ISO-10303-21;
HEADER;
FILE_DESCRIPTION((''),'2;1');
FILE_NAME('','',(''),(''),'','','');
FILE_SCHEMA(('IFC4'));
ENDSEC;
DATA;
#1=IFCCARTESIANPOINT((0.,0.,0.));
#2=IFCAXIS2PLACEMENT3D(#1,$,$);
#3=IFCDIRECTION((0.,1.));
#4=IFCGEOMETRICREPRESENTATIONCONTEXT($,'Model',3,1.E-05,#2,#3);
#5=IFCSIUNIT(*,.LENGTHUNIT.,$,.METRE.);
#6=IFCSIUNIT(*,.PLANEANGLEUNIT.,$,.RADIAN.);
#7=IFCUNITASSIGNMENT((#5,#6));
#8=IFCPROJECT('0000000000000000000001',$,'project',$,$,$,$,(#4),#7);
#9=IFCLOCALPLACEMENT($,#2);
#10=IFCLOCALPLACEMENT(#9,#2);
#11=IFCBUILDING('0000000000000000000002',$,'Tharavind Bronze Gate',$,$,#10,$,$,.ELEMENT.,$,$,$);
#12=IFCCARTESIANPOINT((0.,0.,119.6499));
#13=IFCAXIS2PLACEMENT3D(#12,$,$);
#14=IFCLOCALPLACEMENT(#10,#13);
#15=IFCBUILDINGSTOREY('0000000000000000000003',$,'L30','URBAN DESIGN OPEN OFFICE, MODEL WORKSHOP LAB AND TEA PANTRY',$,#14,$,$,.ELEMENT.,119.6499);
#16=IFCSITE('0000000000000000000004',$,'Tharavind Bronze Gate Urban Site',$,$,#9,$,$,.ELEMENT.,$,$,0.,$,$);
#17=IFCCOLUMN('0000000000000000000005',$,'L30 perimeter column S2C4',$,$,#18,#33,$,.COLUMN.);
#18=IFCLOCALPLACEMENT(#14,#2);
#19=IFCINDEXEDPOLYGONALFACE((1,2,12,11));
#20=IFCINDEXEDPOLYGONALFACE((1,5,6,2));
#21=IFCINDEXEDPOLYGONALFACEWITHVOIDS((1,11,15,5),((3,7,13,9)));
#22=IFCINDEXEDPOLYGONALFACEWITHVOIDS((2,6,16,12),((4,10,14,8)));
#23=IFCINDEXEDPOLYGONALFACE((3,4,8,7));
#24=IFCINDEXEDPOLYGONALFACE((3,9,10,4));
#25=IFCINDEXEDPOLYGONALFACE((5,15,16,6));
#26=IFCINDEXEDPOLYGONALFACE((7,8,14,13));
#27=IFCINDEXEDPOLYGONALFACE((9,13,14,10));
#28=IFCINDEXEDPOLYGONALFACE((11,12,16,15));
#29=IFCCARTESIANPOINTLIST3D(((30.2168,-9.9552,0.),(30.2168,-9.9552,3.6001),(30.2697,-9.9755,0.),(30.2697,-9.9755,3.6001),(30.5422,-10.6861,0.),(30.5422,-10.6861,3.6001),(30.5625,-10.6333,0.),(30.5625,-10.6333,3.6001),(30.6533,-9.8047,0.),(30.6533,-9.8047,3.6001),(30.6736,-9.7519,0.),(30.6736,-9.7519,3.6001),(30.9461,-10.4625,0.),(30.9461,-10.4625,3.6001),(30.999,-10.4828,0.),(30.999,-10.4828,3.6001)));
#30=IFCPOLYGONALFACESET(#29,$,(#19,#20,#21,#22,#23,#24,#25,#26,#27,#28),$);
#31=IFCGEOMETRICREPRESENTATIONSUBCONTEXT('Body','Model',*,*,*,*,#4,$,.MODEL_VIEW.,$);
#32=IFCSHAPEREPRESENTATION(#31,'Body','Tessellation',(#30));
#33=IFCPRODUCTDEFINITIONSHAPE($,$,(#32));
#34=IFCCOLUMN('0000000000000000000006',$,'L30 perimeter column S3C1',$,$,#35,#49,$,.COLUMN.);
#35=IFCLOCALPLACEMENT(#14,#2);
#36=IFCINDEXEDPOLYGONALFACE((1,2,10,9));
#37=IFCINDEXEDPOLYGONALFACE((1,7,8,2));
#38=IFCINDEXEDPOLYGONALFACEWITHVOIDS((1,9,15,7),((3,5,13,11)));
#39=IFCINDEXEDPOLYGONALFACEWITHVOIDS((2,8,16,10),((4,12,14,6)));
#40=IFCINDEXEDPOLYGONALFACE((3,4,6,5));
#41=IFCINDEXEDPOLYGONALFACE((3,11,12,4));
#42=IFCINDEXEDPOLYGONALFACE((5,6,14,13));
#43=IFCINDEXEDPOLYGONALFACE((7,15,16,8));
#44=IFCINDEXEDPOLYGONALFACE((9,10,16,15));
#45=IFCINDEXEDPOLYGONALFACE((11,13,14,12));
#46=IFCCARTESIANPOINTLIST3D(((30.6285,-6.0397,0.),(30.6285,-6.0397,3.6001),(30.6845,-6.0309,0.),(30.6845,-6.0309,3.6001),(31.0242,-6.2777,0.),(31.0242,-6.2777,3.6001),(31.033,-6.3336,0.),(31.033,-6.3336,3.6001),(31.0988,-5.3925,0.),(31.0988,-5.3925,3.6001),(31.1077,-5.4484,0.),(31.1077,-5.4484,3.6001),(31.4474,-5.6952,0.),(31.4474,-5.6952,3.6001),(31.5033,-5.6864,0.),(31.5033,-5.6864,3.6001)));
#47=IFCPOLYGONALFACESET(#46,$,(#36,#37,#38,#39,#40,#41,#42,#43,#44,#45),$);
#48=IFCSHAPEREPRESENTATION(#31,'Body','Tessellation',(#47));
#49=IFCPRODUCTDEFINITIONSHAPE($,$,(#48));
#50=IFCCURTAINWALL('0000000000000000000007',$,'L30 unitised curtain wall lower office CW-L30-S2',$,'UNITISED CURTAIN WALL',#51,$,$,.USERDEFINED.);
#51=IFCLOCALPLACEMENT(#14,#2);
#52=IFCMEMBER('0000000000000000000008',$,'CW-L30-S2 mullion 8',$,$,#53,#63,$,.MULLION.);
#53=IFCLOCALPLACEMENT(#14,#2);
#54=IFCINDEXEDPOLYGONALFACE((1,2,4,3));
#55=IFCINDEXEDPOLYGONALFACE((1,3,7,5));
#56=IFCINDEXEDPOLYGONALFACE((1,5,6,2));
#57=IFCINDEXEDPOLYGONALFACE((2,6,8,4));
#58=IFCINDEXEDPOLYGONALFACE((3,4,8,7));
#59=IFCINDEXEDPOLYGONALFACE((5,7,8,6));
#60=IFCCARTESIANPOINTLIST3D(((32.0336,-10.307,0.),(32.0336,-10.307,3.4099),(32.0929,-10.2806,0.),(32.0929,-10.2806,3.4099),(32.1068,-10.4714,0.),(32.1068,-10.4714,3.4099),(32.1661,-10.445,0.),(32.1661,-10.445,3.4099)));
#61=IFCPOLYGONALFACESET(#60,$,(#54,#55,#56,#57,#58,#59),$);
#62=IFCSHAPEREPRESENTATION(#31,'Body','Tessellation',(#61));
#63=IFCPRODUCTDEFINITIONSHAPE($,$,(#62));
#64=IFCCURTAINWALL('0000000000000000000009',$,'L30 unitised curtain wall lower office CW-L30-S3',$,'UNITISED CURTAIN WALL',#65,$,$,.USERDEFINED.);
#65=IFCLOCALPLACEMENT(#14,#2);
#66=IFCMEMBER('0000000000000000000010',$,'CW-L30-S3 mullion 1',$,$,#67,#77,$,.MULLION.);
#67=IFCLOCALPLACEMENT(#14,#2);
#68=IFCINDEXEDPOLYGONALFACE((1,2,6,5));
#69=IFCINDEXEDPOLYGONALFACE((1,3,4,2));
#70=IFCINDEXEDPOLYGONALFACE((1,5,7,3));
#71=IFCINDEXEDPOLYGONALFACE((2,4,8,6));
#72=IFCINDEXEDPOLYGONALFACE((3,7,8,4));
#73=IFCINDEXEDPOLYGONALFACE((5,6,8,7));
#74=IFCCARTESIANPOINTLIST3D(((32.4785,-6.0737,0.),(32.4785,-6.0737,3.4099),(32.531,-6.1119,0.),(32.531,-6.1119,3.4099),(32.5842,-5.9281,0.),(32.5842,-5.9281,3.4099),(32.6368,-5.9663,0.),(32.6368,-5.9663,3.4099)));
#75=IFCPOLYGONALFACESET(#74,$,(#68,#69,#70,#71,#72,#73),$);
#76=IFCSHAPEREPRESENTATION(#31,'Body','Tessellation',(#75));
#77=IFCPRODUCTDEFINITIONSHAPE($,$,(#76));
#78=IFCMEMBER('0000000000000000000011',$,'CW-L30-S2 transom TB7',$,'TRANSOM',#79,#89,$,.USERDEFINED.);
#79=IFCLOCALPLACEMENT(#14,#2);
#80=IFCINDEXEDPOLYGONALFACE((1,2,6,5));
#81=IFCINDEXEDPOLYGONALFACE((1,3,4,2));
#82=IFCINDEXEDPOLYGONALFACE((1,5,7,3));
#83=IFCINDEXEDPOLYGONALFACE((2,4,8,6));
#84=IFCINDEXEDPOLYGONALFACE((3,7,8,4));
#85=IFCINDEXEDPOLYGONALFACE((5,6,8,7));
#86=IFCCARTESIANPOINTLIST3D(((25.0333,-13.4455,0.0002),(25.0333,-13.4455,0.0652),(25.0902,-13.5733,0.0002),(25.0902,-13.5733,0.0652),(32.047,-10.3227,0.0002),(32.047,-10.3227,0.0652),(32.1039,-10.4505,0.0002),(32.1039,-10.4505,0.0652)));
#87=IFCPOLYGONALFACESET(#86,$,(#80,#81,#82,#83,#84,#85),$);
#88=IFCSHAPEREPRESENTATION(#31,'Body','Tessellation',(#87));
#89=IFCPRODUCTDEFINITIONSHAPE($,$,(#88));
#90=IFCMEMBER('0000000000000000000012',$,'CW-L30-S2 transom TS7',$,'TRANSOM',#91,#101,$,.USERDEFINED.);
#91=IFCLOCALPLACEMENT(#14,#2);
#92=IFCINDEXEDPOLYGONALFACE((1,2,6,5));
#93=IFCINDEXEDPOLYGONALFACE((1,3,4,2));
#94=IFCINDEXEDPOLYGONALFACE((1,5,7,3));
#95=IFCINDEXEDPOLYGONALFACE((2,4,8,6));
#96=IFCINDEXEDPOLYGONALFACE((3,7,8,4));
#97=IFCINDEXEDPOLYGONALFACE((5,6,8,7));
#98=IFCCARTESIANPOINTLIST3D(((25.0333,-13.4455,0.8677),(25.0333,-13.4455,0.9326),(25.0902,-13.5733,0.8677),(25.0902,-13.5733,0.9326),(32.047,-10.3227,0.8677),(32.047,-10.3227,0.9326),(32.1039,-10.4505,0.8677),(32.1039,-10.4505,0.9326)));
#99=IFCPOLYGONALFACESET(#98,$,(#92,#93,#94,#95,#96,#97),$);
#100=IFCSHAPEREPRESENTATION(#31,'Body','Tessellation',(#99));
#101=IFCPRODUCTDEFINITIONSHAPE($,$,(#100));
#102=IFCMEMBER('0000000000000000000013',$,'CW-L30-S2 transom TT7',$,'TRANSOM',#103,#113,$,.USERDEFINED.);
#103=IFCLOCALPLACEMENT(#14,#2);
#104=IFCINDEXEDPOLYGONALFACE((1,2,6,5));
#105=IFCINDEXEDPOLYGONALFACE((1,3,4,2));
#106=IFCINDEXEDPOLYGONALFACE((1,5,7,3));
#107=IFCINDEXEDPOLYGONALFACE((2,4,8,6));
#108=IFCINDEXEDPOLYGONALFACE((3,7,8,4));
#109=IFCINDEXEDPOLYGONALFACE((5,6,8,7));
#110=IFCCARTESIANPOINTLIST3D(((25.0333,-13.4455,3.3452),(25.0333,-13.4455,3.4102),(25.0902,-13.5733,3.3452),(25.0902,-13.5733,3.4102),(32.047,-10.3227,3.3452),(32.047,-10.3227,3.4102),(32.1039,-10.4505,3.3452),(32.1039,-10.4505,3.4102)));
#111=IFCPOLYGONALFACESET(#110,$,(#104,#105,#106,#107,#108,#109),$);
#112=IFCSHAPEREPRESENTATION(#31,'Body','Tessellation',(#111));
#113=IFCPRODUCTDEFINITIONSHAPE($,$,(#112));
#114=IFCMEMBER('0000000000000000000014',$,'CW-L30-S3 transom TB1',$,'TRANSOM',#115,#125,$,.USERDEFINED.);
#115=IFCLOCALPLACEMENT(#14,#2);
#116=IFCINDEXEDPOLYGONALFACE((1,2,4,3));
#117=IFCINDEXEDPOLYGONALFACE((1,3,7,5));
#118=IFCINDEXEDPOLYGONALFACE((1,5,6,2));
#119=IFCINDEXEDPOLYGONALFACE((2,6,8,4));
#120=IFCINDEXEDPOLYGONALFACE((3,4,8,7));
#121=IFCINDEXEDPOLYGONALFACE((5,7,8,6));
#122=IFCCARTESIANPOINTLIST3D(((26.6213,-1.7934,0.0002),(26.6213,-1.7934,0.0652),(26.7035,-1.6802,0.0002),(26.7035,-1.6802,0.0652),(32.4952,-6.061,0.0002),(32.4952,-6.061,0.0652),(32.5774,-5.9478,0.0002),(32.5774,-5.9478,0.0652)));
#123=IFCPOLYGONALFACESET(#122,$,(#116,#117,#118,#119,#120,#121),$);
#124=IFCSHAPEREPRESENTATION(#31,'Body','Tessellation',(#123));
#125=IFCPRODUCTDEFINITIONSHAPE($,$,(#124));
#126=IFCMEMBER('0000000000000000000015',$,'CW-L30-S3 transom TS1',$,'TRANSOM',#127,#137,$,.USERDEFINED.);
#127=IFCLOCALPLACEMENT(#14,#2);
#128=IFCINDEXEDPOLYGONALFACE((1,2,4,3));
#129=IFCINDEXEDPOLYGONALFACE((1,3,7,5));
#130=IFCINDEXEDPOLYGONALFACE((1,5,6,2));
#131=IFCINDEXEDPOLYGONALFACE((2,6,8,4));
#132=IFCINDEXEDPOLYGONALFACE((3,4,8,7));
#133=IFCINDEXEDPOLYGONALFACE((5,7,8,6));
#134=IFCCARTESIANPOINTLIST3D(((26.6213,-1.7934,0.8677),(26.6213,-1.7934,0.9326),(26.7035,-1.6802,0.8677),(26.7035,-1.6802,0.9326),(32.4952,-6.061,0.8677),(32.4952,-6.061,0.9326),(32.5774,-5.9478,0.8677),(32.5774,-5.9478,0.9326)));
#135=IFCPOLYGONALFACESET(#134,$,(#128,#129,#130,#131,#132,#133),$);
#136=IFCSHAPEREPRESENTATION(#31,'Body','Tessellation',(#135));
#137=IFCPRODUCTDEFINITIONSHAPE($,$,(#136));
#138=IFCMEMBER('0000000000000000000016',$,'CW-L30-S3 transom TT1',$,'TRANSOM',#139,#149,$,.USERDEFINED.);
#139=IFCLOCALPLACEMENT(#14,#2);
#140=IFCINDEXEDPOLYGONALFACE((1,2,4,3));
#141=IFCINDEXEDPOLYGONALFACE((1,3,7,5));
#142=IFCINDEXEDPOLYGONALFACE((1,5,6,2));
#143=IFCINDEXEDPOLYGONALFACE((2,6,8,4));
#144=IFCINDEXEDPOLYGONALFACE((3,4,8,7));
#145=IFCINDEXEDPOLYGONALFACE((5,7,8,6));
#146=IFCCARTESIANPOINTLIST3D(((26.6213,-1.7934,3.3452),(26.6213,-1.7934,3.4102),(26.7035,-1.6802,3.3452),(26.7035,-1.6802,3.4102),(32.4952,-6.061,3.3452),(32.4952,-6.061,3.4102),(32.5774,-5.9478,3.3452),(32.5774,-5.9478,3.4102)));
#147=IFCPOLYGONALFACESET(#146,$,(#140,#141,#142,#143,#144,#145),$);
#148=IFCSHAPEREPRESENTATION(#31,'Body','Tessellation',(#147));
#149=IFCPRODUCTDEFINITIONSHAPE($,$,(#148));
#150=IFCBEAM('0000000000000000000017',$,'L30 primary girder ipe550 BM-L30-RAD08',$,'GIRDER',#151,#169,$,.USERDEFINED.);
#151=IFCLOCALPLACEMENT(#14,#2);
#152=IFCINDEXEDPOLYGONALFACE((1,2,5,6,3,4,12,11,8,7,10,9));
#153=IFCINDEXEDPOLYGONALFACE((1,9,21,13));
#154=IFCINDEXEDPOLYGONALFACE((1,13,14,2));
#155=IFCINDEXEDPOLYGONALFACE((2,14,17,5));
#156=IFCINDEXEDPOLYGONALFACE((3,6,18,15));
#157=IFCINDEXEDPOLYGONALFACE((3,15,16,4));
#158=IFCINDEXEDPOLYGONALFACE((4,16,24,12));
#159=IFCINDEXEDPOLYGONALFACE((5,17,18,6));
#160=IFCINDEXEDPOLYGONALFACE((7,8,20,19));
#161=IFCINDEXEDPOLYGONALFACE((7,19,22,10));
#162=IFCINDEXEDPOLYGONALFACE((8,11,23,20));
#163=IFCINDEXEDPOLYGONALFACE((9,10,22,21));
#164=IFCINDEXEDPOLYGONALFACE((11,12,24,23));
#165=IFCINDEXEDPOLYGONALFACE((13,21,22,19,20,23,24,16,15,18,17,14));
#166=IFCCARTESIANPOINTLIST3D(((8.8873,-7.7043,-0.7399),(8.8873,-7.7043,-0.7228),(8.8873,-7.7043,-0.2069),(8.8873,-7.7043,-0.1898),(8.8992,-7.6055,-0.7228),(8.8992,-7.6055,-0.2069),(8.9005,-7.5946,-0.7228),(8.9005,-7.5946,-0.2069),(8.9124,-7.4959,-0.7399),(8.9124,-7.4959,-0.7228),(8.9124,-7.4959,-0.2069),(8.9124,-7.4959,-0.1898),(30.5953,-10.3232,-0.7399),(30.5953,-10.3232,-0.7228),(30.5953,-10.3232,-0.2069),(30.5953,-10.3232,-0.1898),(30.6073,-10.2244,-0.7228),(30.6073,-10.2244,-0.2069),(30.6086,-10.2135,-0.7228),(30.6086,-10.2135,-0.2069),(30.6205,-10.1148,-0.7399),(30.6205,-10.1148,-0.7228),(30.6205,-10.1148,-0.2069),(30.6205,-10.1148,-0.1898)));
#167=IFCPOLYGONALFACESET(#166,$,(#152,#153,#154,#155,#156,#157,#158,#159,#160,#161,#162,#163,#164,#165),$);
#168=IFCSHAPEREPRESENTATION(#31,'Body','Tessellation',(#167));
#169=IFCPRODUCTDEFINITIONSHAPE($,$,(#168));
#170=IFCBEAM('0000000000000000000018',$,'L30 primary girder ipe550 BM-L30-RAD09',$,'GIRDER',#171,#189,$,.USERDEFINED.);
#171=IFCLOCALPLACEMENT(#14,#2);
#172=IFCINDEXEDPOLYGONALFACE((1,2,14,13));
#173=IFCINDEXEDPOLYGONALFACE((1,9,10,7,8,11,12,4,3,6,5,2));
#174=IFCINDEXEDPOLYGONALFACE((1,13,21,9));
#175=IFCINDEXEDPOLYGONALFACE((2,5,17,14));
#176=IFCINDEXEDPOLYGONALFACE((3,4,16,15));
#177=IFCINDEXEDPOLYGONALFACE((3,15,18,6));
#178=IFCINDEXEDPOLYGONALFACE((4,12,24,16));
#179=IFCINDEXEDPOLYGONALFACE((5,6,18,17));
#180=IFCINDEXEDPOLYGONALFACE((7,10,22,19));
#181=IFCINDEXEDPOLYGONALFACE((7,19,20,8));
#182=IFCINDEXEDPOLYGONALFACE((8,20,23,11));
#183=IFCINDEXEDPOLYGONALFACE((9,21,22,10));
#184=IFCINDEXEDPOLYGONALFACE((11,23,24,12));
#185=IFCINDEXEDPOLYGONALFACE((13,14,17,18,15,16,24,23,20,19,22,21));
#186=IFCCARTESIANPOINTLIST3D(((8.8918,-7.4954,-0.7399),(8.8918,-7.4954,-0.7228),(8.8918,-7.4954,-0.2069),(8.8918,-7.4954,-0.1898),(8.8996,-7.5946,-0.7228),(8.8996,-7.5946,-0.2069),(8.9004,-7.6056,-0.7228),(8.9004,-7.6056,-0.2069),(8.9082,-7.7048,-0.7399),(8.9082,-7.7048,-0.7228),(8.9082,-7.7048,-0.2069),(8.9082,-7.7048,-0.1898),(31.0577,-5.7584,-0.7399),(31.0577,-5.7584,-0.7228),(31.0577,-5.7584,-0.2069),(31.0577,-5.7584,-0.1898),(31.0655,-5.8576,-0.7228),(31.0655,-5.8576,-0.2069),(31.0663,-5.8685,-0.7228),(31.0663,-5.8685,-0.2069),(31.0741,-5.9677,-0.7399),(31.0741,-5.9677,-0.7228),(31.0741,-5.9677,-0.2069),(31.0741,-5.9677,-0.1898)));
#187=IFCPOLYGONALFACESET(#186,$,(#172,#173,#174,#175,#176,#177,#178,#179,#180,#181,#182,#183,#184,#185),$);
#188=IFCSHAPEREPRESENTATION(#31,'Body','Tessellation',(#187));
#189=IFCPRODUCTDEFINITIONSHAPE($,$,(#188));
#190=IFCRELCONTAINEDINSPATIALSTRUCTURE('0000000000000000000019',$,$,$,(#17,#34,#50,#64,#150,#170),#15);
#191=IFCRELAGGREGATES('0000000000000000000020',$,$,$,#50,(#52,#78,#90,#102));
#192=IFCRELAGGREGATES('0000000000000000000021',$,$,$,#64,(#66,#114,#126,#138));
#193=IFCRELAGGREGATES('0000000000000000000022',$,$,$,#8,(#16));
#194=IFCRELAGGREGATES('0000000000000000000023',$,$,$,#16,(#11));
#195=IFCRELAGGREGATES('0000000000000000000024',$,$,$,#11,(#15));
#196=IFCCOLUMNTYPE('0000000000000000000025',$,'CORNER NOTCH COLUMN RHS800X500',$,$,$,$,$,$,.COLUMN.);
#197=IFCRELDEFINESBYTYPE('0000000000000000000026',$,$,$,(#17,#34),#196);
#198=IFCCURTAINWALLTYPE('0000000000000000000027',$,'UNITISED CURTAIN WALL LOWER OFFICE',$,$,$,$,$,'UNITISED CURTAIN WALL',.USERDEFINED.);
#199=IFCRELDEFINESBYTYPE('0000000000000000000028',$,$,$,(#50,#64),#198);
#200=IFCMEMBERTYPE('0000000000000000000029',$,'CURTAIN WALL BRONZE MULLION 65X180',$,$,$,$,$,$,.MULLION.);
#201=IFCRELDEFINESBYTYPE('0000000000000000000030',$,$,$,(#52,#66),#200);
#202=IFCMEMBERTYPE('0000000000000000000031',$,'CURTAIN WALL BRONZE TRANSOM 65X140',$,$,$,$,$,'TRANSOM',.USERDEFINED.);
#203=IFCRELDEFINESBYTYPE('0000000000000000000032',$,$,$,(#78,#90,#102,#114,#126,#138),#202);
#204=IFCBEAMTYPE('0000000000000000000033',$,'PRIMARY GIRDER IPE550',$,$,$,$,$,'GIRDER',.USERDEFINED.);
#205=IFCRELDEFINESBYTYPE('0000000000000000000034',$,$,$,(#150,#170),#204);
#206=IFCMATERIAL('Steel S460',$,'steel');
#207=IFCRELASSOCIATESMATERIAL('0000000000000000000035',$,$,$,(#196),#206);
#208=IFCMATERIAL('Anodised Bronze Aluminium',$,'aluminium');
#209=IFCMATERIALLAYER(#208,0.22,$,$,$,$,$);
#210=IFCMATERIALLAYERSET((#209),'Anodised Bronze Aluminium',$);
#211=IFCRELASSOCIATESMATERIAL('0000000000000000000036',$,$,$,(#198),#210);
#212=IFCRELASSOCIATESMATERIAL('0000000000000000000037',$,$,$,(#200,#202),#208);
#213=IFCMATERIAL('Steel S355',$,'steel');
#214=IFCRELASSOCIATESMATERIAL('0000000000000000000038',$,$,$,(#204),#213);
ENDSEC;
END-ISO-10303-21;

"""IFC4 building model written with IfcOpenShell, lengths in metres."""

from ifc_helpers import new_model, si_unit, direction, frame, origin, origin_2d, place, context, subcontext, project, spatial, rectangle, hollow_rectangle, i_section, extrude, material, layer, layer_set, material_profile, profile_set, type_object, element, aggregate, save


model = new_model("IFC4")

# Units and contexts
model_context = context("Model", 3, precision=1e-05, world=origin(), true_north=direction((0.0, 1.0)))
body_context = subcontext(model_context, "Body", "Model", "MODEL_VIEW")
ifc_project = project(units=[si_unit("LENGTHUNIT", "METRE"), si_unit("PLANEANGLEUNIT", "RADIAN")], contexts=[model_context])

# Site, building, storey
site_placement = place(None, origin())
site = spatial("IfcSite", under=ifc_project, at=site_placement, Name="Tharavind Bronze Gate Urban Site", CompositionType="ELEMENT", RefElevation=0.0)
building_placement = place(site_placement, origin())
building = spatial("IfcBuilding", under=site, at=building_placement, Name="Tharavind Bronze Gate", CompositionType="ELEMENT")
storey_placement = place(building_placement, frame((0.0, 0.0, 119.6499)))
storey = spatial("IfcBuildingStorey", under=building, at=storey_placement, Name="L30", Description="URBAN DESIGN OPEN OFFICE, MODEL WORKSHOP LAB AND TEA PANTRY", CompositionType="ELEMENT", Elevation=119.6499)

# Columns
ifc_material_1 = material(Name="Steel S460", Category="steel")
ifc_material_profile_1 = material_profile(ifc_material_1, hollow_rectangle(XDim=0.5, YDim=0.8, WallThickness=0.04, at=origin_2d()), Name="RHS800X500X40")
ifc_profile_set_1 = profile_set([ifc_material_profile_1], Name="Steel S460")
column_type = type_object("IfcColumnType", Name="CORNER NOTCH COLUMN RHS800X500", PredefinedType="COLUMN", material=ifc_profile_set_1)
for number, where, z_axis, x_axis, name in (
    (1, (30.6079, -10.219, 0.0), (0.0, 0.0, 1.0), (0.913545, 0.406737, 0.0), "L30 perimeter column S2C4"),
    (2, (31.0659, -5.863, 0.0), (0.0, 0.0, 1.0), (-0.809017, 0.587785, 0.0), "L30 perimeter column S3C1"),
):
    element("IfcColumn", number, at=place(storey_placement, frame(where, z_axis=z_axis, x_axis=x_axis)), inside=storey, type_object=column_type, Name=name, PredefinedType="COLUMN", context=body_context, shape_type="SweptSolid", body=[
        extrude(hollow_rectangle(XDim=0.5, YDim=0.8, WallThickness=0.04, at=origin_2d()), origin(), (0.0, 0.0, 1.0), 3.6001),
    ])

# Curtain walls, members
ifc_material_2 = material(Name="Anodised Bronze Aluminium", Category="aluminium")
ifc_layer_1 = layer(ifc_material_2, 0.22)
ifc_layer_set_1 = layer_set([ifc_layer_1], Name="Anodised Bronze Aluminium")
curtain_wall_type = type_object("IfcCurtainWallType", Name="UNITISED CURTAIN WALL LOWER OFFICE", ElementType="UNITISED CURTAIN WALL", PredefinedType="USERDEFINED", material=ifc_layer_set_1)
curtain_wall_1_placement = place(storey_placement, origin())
curtain_wall_1 = element("IfcCurtainWall", 3, at=curtain_wall_1_placement, inside=storey, type_object=curtain_wall_type, Name="L30 unitised curtain wall lower office CW-L30-S2", ObjectType="UNITISED CURTAIN WALL", PredefinedType="USERDEFINED")
member_type_1 = type_object("IfcMemberType", Name="CURTAIN WALL BRONZE MULLION 65X180", PredefinedType="MULLION", material=ifc_material_2)
member_1_placement = place(storey_placement, frame((32.0999, -10.376, 0.0), z_axis=(0.0, 0.0, 1.0), x_axis=(0.913545, 0.406737, 0.0)))
member_1 = element("IfcMember", 4, at=member_1_placement, type_object=member_type_1, Name="CW-L30-S2 mullion 8", PredefinedType="MULLION", context=body_context, shape_type="SweptSolid", body=[
    extrude(rectangle(XDim=0.0649, YDim=0.1799, at=origin_2d()), origin(), (0.0, 0.0, 1.0), 3.4099),
])
curtain_wall_2_placement = place(storey_placement, origin())
curtain_wall_2 = element("IfcCurtainWall", 5, at=curtain_wall_2_placement, inside=storey, type_object=curtain_wall_type, Name="L30 unitised curtain wall lower office CW-L30-S3", ObjectType="UNITISED CURTAIN WALL", PredefinedType="USERDEFINED")
member_2_placement = place(storey_placement, frame((32.5576, -6.02, 0.0), z_axis=(0.0, 0.0, 1.0), x_axis=(-0.809017, 0.587785, 0.0)))
member_2 = element("IfcMember", 6, at=member_2_placement, type_object=member_type_1, Name="CW-L30-S3 mullion 1", PredefinedType="MULLION", context=body_context, shape_type="SweptSolid", body=[
    extrude(rectangle(XDim=0.0649, YDim=0.1799, at=origin_2d()), origin(), (0.0, 0.0, 1.0), 3.4099),
])

# Members
member_type_2 = type_object("IfcMemberType", Name="CURTAIN WALL BRONZE TRANSOM 65X140", ElementType="TRANSOM", PredefinedType="USERDEFINED", material=ifc_material_2)
member_3_placement = place(storey_placement, frame((28.5686, -11.948, 0.0002), z_axis=(0.0, 0.0, 1.0), x_axis=(0.913545, 0.406737, 0.0)))
member_3 = element("IfcMember", 7, at=member_3_placement, type_object=member_type_2, Name="CW-L30-S2 transom TB7", ObjectType="TRANSOM", PredefinedType="USERDEFINED", context=body_context, shape_type="SweptSolid", body=[
    extrude(rectangle(XDim=7.6775, YDim=0.1399, at=origin_2d()), origin(), (0.0, 0.0, 1.0), 0.0649),
])
member_4_placement = place(storey_placement, frame((28.5686, -11.948, 0.8677), z_axis=(0.0, 0.0, 1.0), x_axis=(0.913545, 0.406737, 0.0)))
member_4 = element("IfcMember", 8, at=member_4_placement, type_object=member_type_2, Name="CW-L30-S2 transom TS7", ObjectType="TRANSOM", PredefinedType="USERDEFINED", context=body_context, shape_type="SweptSolid", body=[
    extrude(rectangle(XDim=7.6775, YDim=0.1399, at=origin_2d()), origin(), (0.0, 0.0, 1.0), 0.0649),
])
member_5_placement = place(storey_placement, frame((28.5686, -11.948, 3.3452), z_axis=(0.0, 0.0, 1.0), x_axis=(0.913545, 0.406737, 0.0)))
member_5 = element("IfcMember", 9, at=member_5_placement, type_object=member_type_2, Name="CW-L30-S2 transom TT7", ObjectType="TRANSOM", PredefinedType="USERDEFINED", context=body_context, shape_type="SweptSolid", body=[
    extrude(rectangle(XDim=7.6775, YDim=0.1399, at=origin_2d()), origin(), (0.0, 0.0, 1.0), 0.0649),
])
member_6_placement = place(storey_placement, frame((29.5994, -3.8706, 0.0002), z_axis=(0.0, 0.0, 1.0), x_axis=(-0.809017, 0.587785, 0.0)))
member_6 = element("IfcMember", 10, at=member_6_placement, type_object=member_type_2, Name="CW-L30-S3 transom TB1", ObjectType="TRANSOM", PredefinedType="USERDEFINED", context=body_context, shape_type="SweptSolid", body=[
    extrude(rectangle(XDim=7.2605, YDim=0.1399, at=origin_2d()), origin(), (0.0, 0.0, 1.0), 0.0649),
])
member_7_placement = place(storey_placement, frame((29.5994, -3.8706, 0.8677), z_axis=(0.0, 0.0, 1.0), x_axis=(-0.809017, 0.587785, 0.0)))
member_7 = element("IfcMember", 11, at=member_7_placement, type_object=member_type_2, Name="CW-L30-S3 transom TS1", ObjectType="TRANSOM", PredefinedType="USERDEFINED", context=body_context, shape_type="SweptSolid", body=[
    extrude(rectangle(XDim=7.2605, YDim=0.1399, at=origin_2d()), origin(), (0.0, 0.0, 1.0), 0.0649),
])
member_8_placement = place(storey_placement, frame((29.5994, -3.8706, 3.3452), z_axis=(0.0, 0.0, 1.0), x_axis=(-0.809017, 0.587785, 0.0)))
member_8 = element("IfcMember", 12, at=member_8_placement, type_object=member_type_2, Name="CW-L30-S3 transom TT1", ObjectType="TRANSOM", PredefinedType="USERDEFINED", context=body_context, shape_type="SweptSolid", body=[
    extrude(rectangle(XDim=7.2605, YDim=0.1399, at=origin_2d()), origin(), (0.0, 0.0, 1.0), 0.0649),
])

# Beams
ifc_material_3 = material(Name="Steel S355", Category="steel")
ifc_material_profile_2 = material_profile(ifc_material_3, i_section(OverallWidth=0.21, OverallDepth=0.55, WebThickness=0.011, FlangeThickness=0.0171, at=origin_2d()), Name="IPE550")
ifc_profile_set_2 = profile_set([ifc_material_profile_2], Name="Steel S355")
beam_type_1 = type_object("IfcBeamType", Name="PRIMARY GIRDER IPE550", ElementType="GIRDER", PredefinedType="USERDEFINED", material=ifc_profile_set_2)
beam_1_placement = place(storey_placement, frame((30.6079, -10.219, -0.4648), z_axis=(-0.992801, 0.119773, 0.0), x_axis=(-0.119773, -0.992801, 0.0)))
element("IfcBeam", 13, at=beam_1_placement, inside=storey, type_object=beam_type_1, Name="L30 primary girder ipe550 BM-L30-RAD08", ObjectType="GIRDER", PredefinedType="USERDEFINED", context=body_context, shape_type="SweptSolid", body=[
    extrude(i_section(OverallWidth=0.21, OverallDepth=0.55, WebThickness=0.011, FlangeThickness=0.0171, at=origin_2d()), origin(), (0.0, 0.0, 1.0), 21.8655),
])
beam_2_placement = place(storey_placement, frame((31.0659, -5.863, -0.4648), z_axis=(-0.996943, -0.078126, 0.0), x_axis=(0.078126, -0.996943, 0.0)))
element("IfcBeam", 14, at=beam_2_placement, inside=storey, type_object=beam_type_1, Name="L30 primary girder ipe550 BM-L30-RAD09", ObjectType="GIRDER", PredefinedType="USERDEFINED", context=body_context, shape_type="SweptSolid", body=[
    extrude(i_section(OverallWidth=0.21, OverallDepth=0.55, WebThickness=0.011, FlangeThickness=0.0171, at=origin_2d()), origin(), (0.0, 0.0, 1.0), 22.2339),
])

aggregate(curtain_wall_1, [member_1, member_3, member_4, member_5])
aggregate(curtain_wall_2, [member_2, member_6, member_7, member_8])

save(model, "model.ifc")
